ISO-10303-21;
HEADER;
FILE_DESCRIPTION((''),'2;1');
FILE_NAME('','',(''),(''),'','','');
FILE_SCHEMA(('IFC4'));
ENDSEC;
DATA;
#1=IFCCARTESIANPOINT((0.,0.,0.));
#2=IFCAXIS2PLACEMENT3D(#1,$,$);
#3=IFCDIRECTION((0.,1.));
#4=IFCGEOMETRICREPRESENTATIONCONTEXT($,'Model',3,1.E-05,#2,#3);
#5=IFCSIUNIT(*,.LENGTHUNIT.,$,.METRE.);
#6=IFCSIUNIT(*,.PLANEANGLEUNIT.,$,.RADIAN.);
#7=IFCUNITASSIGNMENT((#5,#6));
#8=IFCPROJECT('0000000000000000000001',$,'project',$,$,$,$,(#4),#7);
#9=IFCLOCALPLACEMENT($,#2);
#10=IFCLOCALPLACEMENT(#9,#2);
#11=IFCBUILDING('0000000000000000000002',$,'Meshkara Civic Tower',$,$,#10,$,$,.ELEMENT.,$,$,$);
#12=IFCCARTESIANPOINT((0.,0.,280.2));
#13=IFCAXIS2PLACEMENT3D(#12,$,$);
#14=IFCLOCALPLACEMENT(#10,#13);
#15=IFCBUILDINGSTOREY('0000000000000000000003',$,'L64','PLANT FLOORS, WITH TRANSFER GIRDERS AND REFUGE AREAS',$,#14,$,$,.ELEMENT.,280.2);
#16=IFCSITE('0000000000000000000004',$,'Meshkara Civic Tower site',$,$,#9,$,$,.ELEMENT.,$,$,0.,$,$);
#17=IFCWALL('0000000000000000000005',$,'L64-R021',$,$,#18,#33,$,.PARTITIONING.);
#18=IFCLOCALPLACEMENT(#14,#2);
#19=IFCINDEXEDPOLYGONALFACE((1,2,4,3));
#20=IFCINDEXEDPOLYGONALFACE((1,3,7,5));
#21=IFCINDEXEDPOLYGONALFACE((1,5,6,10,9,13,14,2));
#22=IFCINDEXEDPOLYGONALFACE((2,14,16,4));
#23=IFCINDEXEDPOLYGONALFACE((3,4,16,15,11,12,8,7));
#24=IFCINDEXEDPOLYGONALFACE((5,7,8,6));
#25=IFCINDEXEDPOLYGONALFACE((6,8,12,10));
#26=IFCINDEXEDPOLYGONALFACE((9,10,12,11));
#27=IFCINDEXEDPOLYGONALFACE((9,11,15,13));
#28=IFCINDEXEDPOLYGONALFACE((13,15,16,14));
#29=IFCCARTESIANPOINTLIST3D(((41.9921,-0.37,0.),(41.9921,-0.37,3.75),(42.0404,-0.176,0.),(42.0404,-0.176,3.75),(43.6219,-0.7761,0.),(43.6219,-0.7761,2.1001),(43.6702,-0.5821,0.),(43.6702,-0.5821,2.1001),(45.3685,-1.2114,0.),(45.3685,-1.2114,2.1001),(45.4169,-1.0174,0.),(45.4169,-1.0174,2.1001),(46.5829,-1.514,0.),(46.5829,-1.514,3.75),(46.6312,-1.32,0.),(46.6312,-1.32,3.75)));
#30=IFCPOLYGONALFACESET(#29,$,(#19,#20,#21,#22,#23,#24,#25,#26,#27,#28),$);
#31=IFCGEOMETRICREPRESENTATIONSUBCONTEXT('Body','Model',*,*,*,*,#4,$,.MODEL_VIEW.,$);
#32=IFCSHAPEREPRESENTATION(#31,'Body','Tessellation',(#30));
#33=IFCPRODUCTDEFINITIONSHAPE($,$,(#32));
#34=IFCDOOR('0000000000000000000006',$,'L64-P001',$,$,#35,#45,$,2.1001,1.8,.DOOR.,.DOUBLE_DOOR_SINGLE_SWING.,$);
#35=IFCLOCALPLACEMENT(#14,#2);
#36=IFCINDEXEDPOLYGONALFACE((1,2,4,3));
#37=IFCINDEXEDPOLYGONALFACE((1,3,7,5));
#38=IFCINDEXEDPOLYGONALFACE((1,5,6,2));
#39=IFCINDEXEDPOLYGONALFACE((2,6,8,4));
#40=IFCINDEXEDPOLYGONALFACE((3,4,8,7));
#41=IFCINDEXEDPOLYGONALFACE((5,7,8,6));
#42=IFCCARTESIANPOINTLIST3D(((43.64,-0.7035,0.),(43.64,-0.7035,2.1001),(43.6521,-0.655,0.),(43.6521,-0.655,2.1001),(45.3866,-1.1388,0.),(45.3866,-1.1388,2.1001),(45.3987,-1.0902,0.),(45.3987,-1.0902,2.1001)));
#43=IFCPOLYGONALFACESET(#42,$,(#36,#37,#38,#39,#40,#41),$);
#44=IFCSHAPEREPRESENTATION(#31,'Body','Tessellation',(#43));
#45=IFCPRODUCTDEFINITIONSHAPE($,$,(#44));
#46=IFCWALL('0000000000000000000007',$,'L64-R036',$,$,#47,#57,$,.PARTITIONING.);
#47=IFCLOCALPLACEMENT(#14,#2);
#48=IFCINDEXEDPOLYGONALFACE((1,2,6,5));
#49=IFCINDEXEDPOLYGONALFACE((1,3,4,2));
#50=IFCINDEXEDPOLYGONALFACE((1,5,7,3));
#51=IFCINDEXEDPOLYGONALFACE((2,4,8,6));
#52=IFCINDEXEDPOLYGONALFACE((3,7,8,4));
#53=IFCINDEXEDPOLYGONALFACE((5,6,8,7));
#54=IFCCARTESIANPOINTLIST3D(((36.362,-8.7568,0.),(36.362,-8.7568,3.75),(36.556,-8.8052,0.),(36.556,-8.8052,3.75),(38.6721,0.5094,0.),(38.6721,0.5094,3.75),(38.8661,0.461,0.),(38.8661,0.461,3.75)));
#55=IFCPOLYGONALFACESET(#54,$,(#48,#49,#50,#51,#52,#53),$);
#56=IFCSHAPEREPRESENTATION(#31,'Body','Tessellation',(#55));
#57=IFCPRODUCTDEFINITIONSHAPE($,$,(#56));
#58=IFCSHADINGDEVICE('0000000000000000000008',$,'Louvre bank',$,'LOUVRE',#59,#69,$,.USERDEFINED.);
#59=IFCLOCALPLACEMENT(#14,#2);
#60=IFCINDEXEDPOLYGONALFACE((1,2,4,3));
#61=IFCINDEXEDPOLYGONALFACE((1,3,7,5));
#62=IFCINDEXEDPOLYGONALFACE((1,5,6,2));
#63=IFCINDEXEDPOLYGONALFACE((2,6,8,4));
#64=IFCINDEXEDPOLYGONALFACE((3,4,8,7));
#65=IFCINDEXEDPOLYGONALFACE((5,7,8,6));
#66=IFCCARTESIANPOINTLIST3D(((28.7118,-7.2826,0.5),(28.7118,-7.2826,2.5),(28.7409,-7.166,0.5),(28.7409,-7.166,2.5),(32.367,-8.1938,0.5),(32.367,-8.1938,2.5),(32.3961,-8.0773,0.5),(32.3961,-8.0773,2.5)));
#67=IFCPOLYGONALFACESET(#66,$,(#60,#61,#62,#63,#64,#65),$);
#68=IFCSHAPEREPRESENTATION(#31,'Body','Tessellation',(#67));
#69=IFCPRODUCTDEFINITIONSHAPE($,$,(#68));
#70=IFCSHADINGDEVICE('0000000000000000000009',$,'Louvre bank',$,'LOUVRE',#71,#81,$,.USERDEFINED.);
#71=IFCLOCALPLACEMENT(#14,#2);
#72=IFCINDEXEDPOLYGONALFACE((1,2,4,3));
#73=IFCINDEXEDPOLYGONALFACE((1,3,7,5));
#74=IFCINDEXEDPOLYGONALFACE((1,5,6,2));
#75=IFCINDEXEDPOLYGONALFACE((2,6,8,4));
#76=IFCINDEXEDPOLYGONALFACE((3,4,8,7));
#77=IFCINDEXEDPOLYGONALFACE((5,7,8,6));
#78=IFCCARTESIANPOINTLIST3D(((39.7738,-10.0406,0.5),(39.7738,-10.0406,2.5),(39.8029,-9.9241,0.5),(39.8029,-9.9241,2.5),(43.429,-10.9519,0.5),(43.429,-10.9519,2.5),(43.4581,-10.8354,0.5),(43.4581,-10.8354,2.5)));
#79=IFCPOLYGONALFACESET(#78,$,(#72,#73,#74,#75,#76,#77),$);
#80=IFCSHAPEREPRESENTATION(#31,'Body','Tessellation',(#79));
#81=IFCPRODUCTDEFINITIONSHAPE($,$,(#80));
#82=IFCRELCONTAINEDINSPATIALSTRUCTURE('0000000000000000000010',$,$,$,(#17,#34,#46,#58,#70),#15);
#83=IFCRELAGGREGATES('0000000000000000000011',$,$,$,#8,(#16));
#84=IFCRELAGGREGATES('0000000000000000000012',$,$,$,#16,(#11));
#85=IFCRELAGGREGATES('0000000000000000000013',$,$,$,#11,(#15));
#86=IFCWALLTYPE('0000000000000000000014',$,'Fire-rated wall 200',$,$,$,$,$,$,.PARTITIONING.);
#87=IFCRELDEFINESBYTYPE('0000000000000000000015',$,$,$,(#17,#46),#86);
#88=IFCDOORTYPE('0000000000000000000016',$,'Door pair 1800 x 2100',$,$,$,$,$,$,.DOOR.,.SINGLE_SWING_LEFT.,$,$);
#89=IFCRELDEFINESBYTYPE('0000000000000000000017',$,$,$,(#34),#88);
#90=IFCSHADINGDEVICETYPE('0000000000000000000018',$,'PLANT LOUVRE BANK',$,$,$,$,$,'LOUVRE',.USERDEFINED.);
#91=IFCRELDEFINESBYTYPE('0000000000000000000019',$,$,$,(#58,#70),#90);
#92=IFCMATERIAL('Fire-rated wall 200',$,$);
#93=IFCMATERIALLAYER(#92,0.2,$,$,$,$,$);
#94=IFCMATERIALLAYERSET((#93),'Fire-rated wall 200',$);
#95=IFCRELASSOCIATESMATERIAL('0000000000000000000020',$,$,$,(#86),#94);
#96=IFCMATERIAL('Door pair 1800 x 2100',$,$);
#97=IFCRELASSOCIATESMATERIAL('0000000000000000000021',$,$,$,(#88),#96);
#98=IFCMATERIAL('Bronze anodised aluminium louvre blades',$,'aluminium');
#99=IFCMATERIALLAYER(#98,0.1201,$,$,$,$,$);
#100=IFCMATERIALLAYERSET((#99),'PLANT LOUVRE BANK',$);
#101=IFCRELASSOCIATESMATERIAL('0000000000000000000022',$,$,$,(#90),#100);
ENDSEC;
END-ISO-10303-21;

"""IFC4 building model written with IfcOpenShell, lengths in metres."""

from ifc_helpers import new_model, si_unit, direction, frame, frame_2d, origin, origin_2d, place, context, subcontext, project, spatial, rectangle, extrude, material, layer, layer_set, type_object, element, fill, save


model = new_model("IFC4")

# Units and contexts
model_context = context("Model", 3, precision=1e-05, world=origin(), true_north=direction((0.0, 1.0)))
body_context = subcontext(model_context, "Body", "Model", "MODEL_VIEW")
ifc_project = project(units=[si_unit("LENGTHUNIT", "METRE"), si_unit("PLANEANGLEUNIT", "RADIAN")], contexts=[model_context])

# Site, building, storey
site_placement = place(None, origin())
site = spatial("IfcSite", under=ifc_project, at=site_placement, Name="Meshkara Civic Tower site", CompositionType="ELEMENT", RefElevation=0.0)
building_placement = place(site_placement, origin())
building = spatial("IfcBuilding", under=site, at=building_placement, Name="Meshkara Civic Tower", CompositionType="ELEMENT")
storey_placement = place(building_placement, frame((0.0, 0.0, 280.2)))
storey = spatial("IfcBuildingStorey", under=building, at=storey_placement, Name="L64", Description="PLANT FLOORS, WITH TRANSFER GIRDERS AND REFUGE AREAS", CompositionType="ELEMENT", Elevation=280.2)

# Shared definitions
ifc_material_1 = material(Name="Fire-rated wall 200")
ifc_layer_1 = layer(ifc_material_1, 0.2)
ifc_layer_set_1 = layer_set([ifc_layer_1], Name="Fire-rated wall 200")
wall_type_1 = type_object("IfcWallType", Name="Fire-rated wall 200", PredefinedType="PARTITIONING", material=ifc_layer_set_1)

# Wall, opening, door
wall_1_placement = place(storey_placement, frame((42.0161, -0.2729, 0.0), z_axis=(0.0, 0.0, 1.0), x_axis=(0.970324, -0.241807, 0.0)))
wall_1 = element("IfcWall", 1, at=wall_1_placement, inside=storey, type_object=wall_type_1, Name="L64-R021", PredefinedType="PARTITIONING", context=body_context, shape_type="SweptSolid", body=[
    extrude(rectangle(XDim=4.7312, YDim=0.2, at=frame_2d((2.3657, 0.0))), origin(), (0.0, 0.0, 1.0), 3.75),
])
opening_placement = place(wall_1_placement, frame((1.6799, 0.0, 0.0)))
opening = element("IfcOpeningElement", 2, at=opening_placement, cuts=wall_1, PredefinedType="OPENING", context=body_context, shape_type="SweptSolid", body=[
    extrude(rectangle(XDim=1.8, YDim=2.1001, at=frame_2d((0.8999, 1.05))), frame((0.0, 0.1099, 0.0), z_axis=(0.0, -1.0, 0.0), x_axis=(1.0, 0.0, 0.0)), (0.0, 0.0, 1.0), 0.22),
])
ifc_material_2 = material(Name="Door pair 1800 x 2100")
door_type = type_object("IfcDoorType", Name="Door pair 1800 x 2100", OperationType="SINGLE_SWING_LEFT", PredefinedType="DOOR", material=ifc_material_2)
door_placement = place(opening_placement, origin())
door = element("IfcDoor", 3, at=door_placement, inside=storey, type_object=door_type, Name="L64-P001", OperationType="DOUBLE_DOOR_SINGLE_SWING", OverallHeight=2.1001, OverallWidth=1.8, PredefinedType="DOOR", context=body_context, shape_type="SweptSolid", body=[
    extrude(rectangle(XDim=1.8, YDim=2.1001, at=frame_2d((0.8999, 1.05))), frame((0.0, 0.0249, 0.0), z_axis=(0.0, -1.0, 0.0), x_axis=(1.0, 0.0, 0.0)), (0.0, 0.0, 1.0), 0.05),
])
fill(opening, door)

# Wall
wall_2_placement = place(storey_placement, frame((36.459, -8.781, 0.0), z_axis=(0.0, 0.0, 1.0), x_axis=(0.241898, 0.970302, 0.0)))
element("IfcWall", 4, at=wall_2_placement, inside=storey, type_object=wall_type_1, Name="L64-R036", PredefinedType="PARTITIONING", context=body_context, shape_type="SweptSolid", body=[
    extrude(rectangle(XDim=9.5498, YDim=0.2, at=frame_2d((4.7749, 0.0))), origin(), (0.0, 0.0, 1.0), 3.75),
])

# Shading devices
ifc_material_3 = material(Name="Bronze anodised aluminium louvre blades", Category="aluminium")
ifc_layer_2 = layer(ifc_material_3, 0.1201)
ifc_layer_set_2 = layer_set([ifc_layer_2], Name="PLANT LOUVRE BANK")
shading_device_type = type_object("IfcShadingDeviceType", Name="PLANT LOUVRE BANK", ElementType="LOUVRE", PredefinedType="USERDEFINED", material=ifc_layer_set_2)
for number, where, z_axis, x_axis, name in (
    (5, (30.554, -7.6799, 0.5), (0.0, 0.0, 1.0), (0.9703, -0.241905, 0.0), "Louvre bank"),
    (6, (41.616, -10.438, 0.5), (0.0, 0.0, 1.0), (0.9703, -0.241905, 0.0), "Louvre bank"),
):
    element("IfcShadingDevice", number, at=place(storey_placement, frame(where, z_axis=z_axis, x_axis=x_axis)), inside=storey, type_object=shading_device_type, Name=name, ObjectType="LOUVRE", PredefinedType="USERDEFINED", context=body_context, shape_type="SweptSolid", body=[
        extrude(rectangle(XDim=3.7671, YDim=0.1201, at=origin_2d()), origin(), (0.0, 0.0, 1.0), 2.0),
    ])

save(model, "model.ifc")
